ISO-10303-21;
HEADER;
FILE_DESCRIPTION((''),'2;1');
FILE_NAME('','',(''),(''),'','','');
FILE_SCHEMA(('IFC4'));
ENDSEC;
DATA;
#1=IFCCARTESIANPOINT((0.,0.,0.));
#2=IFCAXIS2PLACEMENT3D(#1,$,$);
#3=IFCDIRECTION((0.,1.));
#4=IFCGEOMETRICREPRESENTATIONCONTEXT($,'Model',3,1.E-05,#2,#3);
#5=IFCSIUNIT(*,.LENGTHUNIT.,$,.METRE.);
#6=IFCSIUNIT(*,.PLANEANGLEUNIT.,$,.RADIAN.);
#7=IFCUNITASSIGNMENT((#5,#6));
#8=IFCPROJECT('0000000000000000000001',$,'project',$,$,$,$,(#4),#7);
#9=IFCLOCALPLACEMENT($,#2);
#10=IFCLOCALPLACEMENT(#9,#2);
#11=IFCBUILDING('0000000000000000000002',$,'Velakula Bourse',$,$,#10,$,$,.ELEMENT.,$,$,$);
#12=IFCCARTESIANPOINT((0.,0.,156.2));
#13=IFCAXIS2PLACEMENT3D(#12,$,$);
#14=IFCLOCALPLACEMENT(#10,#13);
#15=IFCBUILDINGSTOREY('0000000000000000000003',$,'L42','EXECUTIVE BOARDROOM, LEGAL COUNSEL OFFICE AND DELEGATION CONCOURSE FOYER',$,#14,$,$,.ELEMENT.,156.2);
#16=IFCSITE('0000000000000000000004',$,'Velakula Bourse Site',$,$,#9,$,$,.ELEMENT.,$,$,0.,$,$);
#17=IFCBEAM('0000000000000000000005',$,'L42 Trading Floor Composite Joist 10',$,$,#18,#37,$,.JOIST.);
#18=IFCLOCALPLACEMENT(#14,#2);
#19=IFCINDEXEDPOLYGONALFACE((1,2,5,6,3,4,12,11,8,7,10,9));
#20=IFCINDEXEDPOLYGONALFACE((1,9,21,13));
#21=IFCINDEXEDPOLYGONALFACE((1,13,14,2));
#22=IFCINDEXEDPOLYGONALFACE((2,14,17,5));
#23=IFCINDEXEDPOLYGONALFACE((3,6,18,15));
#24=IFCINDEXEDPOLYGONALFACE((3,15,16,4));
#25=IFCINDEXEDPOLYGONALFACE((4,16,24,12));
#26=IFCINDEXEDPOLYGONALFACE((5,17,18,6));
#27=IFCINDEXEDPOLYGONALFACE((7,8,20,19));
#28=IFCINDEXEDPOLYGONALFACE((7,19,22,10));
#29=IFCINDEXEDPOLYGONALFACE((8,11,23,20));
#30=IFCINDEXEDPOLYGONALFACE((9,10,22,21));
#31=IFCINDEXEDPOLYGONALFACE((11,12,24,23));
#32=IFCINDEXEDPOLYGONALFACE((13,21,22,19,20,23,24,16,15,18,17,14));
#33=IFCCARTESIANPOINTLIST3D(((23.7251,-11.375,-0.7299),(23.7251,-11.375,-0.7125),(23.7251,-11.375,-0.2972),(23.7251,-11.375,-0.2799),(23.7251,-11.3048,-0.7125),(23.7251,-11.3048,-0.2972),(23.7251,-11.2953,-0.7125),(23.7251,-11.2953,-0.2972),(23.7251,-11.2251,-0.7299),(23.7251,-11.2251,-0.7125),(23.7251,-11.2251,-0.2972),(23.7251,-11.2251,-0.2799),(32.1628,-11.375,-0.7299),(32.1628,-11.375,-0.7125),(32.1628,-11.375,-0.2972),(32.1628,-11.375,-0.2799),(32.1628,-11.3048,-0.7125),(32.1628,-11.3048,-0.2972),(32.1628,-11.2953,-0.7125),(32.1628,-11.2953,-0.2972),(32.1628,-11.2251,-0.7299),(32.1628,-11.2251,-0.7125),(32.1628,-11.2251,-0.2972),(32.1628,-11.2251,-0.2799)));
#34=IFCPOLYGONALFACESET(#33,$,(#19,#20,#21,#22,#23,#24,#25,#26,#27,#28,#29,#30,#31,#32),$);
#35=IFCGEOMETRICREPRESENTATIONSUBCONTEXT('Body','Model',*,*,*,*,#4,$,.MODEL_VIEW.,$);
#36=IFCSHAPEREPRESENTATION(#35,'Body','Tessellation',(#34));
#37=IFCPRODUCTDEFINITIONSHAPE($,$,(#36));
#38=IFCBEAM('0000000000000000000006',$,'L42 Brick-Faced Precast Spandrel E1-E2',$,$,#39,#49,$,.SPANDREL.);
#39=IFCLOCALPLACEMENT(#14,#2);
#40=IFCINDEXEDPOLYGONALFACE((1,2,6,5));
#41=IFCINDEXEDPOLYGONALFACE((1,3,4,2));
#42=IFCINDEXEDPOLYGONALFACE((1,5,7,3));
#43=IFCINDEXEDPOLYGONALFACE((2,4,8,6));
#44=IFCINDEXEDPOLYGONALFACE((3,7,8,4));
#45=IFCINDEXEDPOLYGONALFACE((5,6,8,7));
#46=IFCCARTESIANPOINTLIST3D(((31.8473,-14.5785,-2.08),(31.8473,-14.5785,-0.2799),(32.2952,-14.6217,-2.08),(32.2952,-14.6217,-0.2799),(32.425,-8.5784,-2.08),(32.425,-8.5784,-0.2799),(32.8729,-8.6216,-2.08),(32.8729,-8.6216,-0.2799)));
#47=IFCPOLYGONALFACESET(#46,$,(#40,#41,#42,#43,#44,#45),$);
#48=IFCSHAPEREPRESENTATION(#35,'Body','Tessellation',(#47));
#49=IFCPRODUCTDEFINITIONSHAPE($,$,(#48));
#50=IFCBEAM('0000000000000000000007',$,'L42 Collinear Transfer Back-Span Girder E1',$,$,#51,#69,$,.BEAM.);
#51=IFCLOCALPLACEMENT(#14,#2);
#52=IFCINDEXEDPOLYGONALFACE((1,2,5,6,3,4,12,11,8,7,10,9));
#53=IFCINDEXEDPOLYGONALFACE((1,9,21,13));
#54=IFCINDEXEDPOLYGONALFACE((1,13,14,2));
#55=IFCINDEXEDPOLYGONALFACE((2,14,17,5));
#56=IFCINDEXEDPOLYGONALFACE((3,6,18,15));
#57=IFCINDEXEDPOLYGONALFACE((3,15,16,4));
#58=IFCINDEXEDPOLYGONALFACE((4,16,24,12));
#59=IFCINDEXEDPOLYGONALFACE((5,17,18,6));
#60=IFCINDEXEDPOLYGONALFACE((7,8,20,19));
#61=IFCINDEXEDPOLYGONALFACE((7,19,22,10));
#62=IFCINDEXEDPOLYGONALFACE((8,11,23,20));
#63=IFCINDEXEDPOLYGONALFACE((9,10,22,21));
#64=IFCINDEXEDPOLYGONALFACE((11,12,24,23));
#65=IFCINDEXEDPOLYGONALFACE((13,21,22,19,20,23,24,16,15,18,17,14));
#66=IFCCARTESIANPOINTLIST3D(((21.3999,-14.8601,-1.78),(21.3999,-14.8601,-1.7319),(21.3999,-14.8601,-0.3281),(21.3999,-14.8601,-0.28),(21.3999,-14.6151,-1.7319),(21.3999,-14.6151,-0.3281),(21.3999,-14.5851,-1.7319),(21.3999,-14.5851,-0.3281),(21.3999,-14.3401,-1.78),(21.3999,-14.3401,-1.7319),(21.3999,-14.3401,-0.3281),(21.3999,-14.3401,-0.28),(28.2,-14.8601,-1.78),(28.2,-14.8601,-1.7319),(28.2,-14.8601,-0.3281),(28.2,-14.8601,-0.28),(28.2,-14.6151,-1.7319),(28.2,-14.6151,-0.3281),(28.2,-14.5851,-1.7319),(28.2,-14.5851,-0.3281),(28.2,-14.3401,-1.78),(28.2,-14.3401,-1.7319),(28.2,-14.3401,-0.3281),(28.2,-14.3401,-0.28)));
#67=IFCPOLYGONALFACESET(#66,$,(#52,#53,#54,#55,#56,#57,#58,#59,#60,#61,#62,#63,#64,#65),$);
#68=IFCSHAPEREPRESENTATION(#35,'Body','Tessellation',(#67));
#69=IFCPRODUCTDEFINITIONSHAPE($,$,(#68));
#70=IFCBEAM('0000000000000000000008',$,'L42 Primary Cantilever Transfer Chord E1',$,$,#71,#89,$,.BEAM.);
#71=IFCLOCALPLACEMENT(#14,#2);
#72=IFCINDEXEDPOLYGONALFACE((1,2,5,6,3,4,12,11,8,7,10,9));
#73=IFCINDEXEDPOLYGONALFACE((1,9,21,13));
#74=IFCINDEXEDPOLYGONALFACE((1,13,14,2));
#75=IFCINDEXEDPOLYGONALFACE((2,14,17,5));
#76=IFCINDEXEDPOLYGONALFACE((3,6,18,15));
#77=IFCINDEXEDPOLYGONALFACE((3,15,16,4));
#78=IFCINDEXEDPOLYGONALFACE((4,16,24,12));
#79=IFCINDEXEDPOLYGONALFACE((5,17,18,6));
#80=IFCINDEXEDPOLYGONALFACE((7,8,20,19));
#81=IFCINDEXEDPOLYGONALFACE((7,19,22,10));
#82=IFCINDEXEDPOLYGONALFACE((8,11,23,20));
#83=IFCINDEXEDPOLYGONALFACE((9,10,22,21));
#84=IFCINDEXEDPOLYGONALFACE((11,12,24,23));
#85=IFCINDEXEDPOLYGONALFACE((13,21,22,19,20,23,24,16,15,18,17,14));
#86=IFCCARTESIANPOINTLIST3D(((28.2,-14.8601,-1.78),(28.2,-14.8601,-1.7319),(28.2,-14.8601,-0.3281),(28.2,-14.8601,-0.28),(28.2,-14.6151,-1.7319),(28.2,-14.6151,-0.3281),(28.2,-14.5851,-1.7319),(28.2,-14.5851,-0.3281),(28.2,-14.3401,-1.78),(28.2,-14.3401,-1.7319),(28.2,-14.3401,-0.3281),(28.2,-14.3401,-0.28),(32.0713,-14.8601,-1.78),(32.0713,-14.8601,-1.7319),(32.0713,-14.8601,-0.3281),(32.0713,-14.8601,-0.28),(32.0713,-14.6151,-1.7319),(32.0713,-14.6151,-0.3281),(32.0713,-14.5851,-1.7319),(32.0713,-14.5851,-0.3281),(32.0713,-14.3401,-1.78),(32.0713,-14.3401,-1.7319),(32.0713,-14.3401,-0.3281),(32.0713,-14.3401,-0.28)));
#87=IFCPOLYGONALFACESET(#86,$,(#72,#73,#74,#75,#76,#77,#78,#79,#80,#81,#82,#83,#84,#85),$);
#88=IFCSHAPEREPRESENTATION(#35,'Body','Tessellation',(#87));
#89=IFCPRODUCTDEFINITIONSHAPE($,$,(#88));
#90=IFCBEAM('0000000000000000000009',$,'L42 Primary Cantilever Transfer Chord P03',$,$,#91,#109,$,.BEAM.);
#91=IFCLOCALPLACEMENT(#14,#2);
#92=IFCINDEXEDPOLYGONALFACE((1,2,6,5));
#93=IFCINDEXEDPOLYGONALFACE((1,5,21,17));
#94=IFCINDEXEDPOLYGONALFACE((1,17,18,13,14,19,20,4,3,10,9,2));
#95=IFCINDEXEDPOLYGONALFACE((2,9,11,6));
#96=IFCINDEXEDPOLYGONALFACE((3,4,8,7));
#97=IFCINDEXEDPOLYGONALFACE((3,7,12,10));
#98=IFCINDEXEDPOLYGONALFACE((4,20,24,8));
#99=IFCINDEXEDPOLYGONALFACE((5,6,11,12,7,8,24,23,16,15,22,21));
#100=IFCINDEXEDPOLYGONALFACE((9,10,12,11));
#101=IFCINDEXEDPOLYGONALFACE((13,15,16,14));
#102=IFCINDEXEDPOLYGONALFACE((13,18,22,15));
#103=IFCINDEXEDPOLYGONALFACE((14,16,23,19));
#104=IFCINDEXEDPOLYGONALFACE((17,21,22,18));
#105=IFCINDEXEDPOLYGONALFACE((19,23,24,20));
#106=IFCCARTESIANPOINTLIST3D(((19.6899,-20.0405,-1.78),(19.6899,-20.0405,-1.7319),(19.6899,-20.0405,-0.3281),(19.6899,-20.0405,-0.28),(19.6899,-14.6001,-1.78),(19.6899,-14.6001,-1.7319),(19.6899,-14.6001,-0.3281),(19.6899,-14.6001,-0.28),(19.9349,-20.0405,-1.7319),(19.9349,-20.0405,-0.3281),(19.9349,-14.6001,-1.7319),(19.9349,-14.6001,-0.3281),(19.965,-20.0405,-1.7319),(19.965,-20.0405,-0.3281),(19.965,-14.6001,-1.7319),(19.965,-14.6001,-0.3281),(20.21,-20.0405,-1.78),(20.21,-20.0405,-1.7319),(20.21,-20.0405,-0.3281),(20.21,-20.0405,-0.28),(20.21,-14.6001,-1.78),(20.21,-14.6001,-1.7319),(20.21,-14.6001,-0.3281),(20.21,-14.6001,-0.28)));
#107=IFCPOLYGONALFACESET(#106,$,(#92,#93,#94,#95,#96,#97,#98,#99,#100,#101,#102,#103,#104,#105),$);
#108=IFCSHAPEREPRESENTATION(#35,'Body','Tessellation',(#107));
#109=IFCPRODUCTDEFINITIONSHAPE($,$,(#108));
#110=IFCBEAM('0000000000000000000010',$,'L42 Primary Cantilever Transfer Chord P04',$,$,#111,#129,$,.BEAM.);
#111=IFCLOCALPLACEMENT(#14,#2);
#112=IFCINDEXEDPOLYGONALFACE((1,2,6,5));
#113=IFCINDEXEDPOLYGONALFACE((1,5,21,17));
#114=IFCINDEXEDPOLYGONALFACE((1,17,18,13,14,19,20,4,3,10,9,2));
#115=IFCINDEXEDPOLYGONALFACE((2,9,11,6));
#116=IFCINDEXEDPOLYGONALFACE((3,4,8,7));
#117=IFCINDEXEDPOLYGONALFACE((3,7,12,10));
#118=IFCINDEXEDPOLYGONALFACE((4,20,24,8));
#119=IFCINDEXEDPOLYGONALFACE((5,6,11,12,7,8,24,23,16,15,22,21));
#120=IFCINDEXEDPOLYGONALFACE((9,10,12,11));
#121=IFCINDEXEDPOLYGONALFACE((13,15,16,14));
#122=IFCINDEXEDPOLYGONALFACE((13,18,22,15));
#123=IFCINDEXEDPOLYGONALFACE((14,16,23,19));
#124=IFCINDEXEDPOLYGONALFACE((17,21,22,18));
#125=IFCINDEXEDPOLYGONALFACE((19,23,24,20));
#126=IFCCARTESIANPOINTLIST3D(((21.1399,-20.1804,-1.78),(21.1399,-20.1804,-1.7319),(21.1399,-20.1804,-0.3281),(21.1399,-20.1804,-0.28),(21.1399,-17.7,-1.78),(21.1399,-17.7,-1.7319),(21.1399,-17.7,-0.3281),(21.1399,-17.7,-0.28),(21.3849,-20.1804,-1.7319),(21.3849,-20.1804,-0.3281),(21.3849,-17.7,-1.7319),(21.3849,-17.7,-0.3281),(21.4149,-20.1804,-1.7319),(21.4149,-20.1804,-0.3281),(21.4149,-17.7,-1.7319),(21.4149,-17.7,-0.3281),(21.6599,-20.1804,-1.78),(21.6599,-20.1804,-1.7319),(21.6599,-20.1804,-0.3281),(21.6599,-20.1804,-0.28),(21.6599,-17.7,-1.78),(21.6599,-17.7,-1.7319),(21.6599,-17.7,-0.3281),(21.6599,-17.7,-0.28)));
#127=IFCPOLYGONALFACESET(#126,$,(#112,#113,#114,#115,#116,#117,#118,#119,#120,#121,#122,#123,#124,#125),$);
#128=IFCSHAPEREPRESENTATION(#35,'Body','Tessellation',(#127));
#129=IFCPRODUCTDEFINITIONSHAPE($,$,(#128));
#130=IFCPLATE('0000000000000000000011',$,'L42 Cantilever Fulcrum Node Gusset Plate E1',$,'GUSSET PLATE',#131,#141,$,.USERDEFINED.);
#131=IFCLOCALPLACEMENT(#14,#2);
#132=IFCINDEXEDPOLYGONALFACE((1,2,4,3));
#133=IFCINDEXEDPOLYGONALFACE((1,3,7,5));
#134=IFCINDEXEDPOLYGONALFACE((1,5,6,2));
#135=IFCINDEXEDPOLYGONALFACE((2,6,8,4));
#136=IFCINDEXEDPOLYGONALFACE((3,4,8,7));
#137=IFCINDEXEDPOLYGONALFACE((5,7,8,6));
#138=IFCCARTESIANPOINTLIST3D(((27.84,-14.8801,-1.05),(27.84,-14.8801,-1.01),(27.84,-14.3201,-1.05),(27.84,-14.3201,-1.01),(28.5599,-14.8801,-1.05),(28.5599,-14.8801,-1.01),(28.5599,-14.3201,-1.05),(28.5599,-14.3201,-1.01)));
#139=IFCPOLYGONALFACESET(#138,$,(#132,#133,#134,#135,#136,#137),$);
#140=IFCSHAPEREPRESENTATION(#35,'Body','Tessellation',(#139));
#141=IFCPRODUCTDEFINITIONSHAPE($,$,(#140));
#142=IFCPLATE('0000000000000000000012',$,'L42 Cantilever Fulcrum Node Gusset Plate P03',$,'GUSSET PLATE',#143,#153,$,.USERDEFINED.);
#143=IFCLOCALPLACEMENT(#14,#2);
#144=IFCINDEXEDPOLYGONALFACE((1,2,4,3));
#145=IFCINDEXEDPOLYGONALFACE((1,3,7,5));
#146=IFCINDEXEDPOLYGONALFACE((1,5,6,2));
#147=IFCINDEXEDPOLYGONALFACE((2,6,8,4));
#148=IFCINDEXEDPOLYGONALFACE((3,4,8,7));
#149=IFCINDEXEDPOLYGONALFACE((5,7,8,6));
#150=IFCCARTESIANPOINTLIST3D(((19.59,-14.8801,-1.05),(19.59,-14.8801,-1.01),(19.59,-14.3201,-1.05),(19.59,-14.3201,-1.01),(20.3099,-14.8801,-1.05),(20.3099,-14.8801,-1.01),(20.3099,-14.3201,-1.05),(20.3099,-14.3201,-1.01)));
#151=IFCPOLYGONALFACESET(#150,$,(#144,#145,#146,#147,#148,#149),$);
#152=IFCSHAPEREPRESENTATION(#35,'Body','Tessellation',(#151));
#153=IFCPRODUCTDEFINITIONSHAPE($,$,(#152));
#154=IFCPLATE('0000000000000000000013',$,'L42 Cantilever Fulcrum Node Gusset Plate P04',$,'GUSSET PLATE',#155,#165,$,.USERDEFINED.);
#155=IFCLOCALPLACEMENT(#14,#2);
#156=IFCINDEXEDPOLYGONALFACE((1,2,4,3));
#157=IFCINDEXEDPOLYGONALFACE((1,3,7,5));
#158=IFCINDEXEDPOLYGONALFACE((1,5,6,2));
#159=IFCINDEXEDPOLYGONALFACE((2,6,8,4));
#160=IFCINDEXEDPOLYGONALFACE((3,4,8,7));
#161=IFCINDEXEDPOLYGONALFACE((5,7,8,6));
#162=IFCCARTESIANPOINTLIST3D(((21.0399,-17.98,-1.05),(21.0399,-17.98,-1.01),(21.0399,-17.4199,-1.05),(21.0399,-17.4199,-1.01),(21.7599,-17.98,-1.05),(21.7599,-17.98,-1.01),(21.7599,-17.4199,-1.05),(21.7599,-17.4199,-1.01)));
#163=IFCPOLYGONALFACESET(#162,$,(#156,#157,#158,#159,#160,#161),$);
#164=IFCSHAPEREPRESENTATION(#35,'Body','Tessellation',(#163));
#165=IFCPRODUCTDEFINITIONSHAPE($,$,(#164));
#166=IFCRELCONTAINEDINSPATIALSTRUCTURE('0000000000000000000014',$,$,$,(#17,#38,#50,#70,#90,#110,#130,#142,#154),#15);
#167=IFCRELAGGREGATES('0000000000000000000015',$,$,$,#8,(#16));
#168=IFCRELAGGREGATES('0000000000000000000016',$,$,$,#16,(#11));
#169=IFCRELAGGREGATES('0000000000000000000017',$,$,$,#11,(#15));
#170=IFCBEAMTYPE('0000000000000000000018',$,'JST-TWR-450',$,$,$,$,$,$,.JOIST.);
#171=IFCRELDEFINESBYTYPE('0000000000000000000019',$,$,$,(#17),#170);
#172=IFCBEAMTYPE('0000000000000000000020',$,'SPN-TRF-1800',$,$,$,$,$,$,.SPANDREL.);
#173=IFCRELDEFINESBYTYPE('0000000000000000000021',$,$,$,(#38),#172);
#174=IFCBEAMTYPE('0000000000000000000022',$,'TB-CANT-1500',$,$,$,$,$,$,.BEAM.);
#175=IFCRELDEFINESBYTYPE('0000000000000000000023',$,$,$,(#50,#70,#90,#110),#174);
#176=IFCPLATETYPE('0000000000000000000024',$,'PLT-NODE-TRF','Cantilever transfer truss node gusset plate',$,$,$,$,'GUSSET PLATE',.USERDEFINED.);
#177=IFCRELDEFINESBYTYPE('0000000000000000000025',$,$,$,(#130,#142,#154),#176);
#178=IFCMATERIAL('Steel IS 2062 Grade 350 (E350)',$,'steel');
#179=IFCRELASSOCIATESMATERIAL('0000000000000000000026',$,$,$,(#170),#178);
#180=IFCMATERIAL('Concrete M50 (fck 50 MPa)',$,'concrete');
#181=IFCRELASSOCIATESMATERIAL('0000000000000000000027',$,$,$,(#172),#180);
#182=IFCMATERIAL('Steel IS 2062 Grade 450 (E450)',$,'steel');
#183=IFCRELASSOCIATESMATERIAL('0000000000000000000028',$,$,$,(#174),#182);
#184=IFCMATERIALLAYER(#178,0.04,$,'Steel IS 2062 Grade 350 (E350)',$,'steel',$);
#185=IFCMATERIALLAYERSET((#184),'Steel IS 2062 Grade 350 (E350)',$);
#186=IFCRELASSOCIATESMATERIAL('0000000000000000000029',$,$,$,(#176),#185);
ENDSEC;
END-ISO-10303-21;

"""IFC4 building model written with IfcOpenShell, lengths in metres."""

from ifc_helpers import new_model, si_unit, direction, frame, origin, origin_2d, place, context, subcontext, project, spatial, rectangle, i_section, extrude, material, layer, layer_set, material_profile, profile_set, type_object, element, save


model = new_model("IFC4")

# Units and contexts
model_context = context("Model", 3, precision=1e-05, world=origin(), true_north=direction((0.0, 1.0)))
body_context = subcontext(model_context, "Body", "Model", "MODEL_VIEW")
ifc_project = project(units=[si_unit("LENGTHUNIT", "METRE"), si_unit("PLANEANGLEUNIT", "RADIAN")], contexts=[model_context])

# Site, building, storey
site_placement = place(None, origin())
site = spatial("IfcSite", under=ifc_project, at=site_placement, Name="Velakula Bourse Site", CompositionType="ELEMENT", RefElevation=0.0)
building_placement = place(site_placement, origin())
building = spatial("IfcBuilding", under=site, at=building_placement, Name="Velakula Bourse", CompositionType="ELEMENT")
storey_placement = place(building_placement, frame((0.0, 0.0, 156.2)))
storey = spatial("IfcBuildingStorey", under=building, at=storey_placement, Name="L42", Description="EXECUTIVE BOARDROOM, LEGAL COUNSEL OFFICE AND DELEGATION CONCOURSE FOYER", CompositionType="ELEMENT", Elevation=156.2)

# Shared definitions
ifc_material_1 = material(Name="Steel IS 2062 Grade 350 (E350)", Category="steel")

# Beams
ifc_material_profile_1 = material_profile(ifc_material_1, i_section(OverallWidth=0.1499, OverallDepth=0.45, WebThickness=0.0095, FlangeThickness=0.0173, at=origin_2d()), Name="Steel IS 2062 Grade 350 (E350)")
ifc_profile_set_1 = profile_set([ifc_material_profile_1], Name="Steel IS 2062 Grade 350 (E350)")
beam_type_1 = type_object("IfcBeamType", Name="JST-TWR-450", PredefinedType="JOIST", material=ifc_profile_set_1)
beam_1_placement = place(storey_placement, frame((23.7251, -11.3, -0.5049), z_axis=(1.0, 0.0, 0.0), x_axis=(0.0, 1.0, 0.0)))
element("IfcBeam", 1, at=beam_1_placement, inside=storey, type_object=beam_type_1, Name="L42 Trading Floor Composite Joist 10", PredefinedType="JOIST", context=body_context, shape_type="SweptSolid", body=[
    extrude(i_section(OverallWidth=0.1499, OverallDepth=0.45, WebThickness=0.0095, FlangeThickness=0.0173, at=origin_2d()), origin(), (0.0, 0.0, 1.0), 8.4377),
])
ifc_material_2 = material(Name="Concrete M50 (fck 50 MPa)", Category="concrete")
ifc_material_profile_2 = material_profile(ifc_material_2, rectangle(XDim=0.45, YDim=1.8, at=origin_2d()), Name="Concrete M50 (fck 50 MPa)")
ifc_profile_set_2 = profile_set([ifc_material_profile_2], Name="Concrete M50 (fck 50 MPa)")
beam_type_2 = type_object("IfcBeamType", Name="SPN-TRF-1800", PredefinedType="SPANDREL", material=ifc_profile_set_2)
beam_2_placement = place(storey_placement, frame((32.0713, -14.6001, -1.1799), z_axis=(0.09583, 0.995398, 0.0), x_axis=(-0.995398, 0.09583, 0.0)))
element("IfcBeam", 2, at=beam_2_placement, inside=storey, type_object=beam_type_2, Name="L42 Brick-Faced Precast Spandrel E1-E2", PredefinedType="SPANDREL", context=body_context, shape_type="SweptSolid", body=[
    extrude(rectangle(XDim=0.45, YDim=1.8, at=origin_2d()), origin(), (0.0, 0.0, 1.0), 6.0278),
])
ifc_material_3 = material(Name="Steel IS 2062 Grade 450 (E450)", Category="steel")
ifc_material_profile_3 = material_profile(ifc_material_3, i_section(OverallWidth=0.52, OverallDepth=1.5, WebThickness=0.03, FlangeThickness=0.0481, at=origin_2d()), Name="Steel IS 2062 Grade 450 (E450)")
ifc_profile_set_3 = profile_set([ifc_material_profile_3], Name="Steel IS 2062 Grade 450 (E450)")
beam_type_3 = type_object("IfcBeamType", Name="TB-CANT-1500", PredefinedType="BEAM", material=ifc_profile_set_3)
beam_3_placement = place(storey_placement, frame((21.3999, -14.6001, -1.03), z_axis=(1.0, 0.0, 0.0), x_axis=(0.0, 1.0, 0.0)))
element("IfcBeam", 3, at=beam_3_placement, inside=storey, type_object=beam_type_3, Name="L42 Collinear Transfer Back-Span Girder E1", PredefinedType="BEAM", context=body_context, shape_type="SweptSolid", body=[
    extrude(i_section(OverallWidth=0.52, OverallDepth=1.5, WebThickness=0.03, FlangeThickness=0.0481, at=origin_2d()), origin(), (0.0, 0.0, 1.0), 6.8),
])
beam_4_placement = place(storey_placement, frame((28.2, -14.6001, -1.03), z_axis=(1.0, 0.0, 0.0), x_axis=(0.0, 1.0, 0.0)))
element("IfcBeam", 4, at=beam_4_placement, inside=storey, type_object=beam_type_3, Name="L42 Primary Cantilever Transfer Chord E1", PredefinedType="BEAM", context=body_context, shape_type="SweptSolid", body=[
    extrude(i_section(OverallWidth=0.52, OverallDepth=1.5, WebThickness=0.03, FlangeThickness=0.0481, at=origin_2d()), origin(), (0.0, 0.0, 1.0), 3.8713),
])
beam_5_placement = place(storey_placement, frame((19.95, -14.6001, -1.03), z_axis=(0.0, -1.0, 0.0), x_axis=(1.0, 0.0, 0.0)))
element("IfcBeam", 5, at=beam_5_placement, inside=storey, type_object=beam_type_3, Name="L42 Primary Cantilever Transfer Chord P03", PredefinedType="BEAM", context=body_context, shape_type="SweptSolid", body=[
    extrude(i_section(OverallWidth=0.52, OverallDepth=1.5, WebThickness=0.03, FlangeThickness=0.0481, at=origin_2d()), origin(), (0.0, 0.0, 1.0), 5.4404),
])
beam_6_placement = place(storey_placement, frame((21.3999, -17.7, -1.03), z_axis=(0.0, -1.0, 0.0), x_axis=(1.0, 0.0, 0.0)))
element("IfcBeam", 6, at=beam_6_placement, inside=storey, type_object=beam_type_3, Name="L42 Primary Cantilever Transfer Chord P04", PredefinedType="BEAM", context=body_context, shape_type="SweptSolid", body=[
    extrude(i_section(OverallWidth=0.52, OverallDepth=1.5, WebThickness=0.03, FlangeThickness=0.0481, at=origin_2d()), origin(), (0.0, 0.0, 1.0), 2.4805),
])

# Plates
ifc_layer_1 = layer(ifc_material_1, 0.04, Name="Steel IS 2062 Grade 350 (E350)", Category="steel")
ifc_layer_set_1 = layer_set([ifc_layer_1], Name="Steel IS 2062 Grade 350 (E350)")
plate_type = type_object("IfcPlateType", Name="PLT-NODE-TRF", Description="Cantilever transfer truss node gusset plate", ElementType="GUSSET PLATE", PredefinedType="USERDEFINED", material=ifc_layer_set_1)
plate_placement = place(storey_placement, frame((28.2, -14.6001, -1.05), z_axis=(0.0, 0.0, 1.0), x_axis=(1.0, 0.0, 0.0)))
element("IfcPlate", 7, at=plate_placement, inside=storey, type_object=plate_type, Name="L42 Cantilever Fulcrum Node Gusset Plate E1", ObjectType="GUSSET PLATE", PredefinedType="USERDEFINED", context=body_context, shape_type="SweptSolid", body=[
    extrude(rectangle(XDim=0.72, YDim=0.5601, at=origin_2d()), origin(), (0.0, 0.0, 1.0), 0.04),
])
for number, where, z_axis, x_axis, name in (
    (8, (19.95, -14.6001, -1.05), (0.0, 0.0, 1.0), (0.0, 1.0, 0.0), "L42 Cantilever Fulcrum Node Gusset Plate P03"),
    (9, (21.3999, -17.7, -1.05), (0.0, 0.0, 1.0), (0.0, 1.0, 0.0), "L42 Cantilever Fulcrum Node Gusset Plate P04"),
):
    element("IfcPlate", number, at=place(storey_placement, frame(where, z_axis=z_axis, x_axis=x_axis)), inside=storey, type_object=plate_type, Name=name, ObjectType="GUSSET PLATE", PredefinedType="USERDEFINED", context=body_context, shape_type="SweptSolid", body=[
        extrude(rectangle(XDim=0.5601, YDim=0.72, at=origin_2d()), origin(), (0.0, 0.0, 1.0), 0.04),
    ])

save(model, "model.ifc")
